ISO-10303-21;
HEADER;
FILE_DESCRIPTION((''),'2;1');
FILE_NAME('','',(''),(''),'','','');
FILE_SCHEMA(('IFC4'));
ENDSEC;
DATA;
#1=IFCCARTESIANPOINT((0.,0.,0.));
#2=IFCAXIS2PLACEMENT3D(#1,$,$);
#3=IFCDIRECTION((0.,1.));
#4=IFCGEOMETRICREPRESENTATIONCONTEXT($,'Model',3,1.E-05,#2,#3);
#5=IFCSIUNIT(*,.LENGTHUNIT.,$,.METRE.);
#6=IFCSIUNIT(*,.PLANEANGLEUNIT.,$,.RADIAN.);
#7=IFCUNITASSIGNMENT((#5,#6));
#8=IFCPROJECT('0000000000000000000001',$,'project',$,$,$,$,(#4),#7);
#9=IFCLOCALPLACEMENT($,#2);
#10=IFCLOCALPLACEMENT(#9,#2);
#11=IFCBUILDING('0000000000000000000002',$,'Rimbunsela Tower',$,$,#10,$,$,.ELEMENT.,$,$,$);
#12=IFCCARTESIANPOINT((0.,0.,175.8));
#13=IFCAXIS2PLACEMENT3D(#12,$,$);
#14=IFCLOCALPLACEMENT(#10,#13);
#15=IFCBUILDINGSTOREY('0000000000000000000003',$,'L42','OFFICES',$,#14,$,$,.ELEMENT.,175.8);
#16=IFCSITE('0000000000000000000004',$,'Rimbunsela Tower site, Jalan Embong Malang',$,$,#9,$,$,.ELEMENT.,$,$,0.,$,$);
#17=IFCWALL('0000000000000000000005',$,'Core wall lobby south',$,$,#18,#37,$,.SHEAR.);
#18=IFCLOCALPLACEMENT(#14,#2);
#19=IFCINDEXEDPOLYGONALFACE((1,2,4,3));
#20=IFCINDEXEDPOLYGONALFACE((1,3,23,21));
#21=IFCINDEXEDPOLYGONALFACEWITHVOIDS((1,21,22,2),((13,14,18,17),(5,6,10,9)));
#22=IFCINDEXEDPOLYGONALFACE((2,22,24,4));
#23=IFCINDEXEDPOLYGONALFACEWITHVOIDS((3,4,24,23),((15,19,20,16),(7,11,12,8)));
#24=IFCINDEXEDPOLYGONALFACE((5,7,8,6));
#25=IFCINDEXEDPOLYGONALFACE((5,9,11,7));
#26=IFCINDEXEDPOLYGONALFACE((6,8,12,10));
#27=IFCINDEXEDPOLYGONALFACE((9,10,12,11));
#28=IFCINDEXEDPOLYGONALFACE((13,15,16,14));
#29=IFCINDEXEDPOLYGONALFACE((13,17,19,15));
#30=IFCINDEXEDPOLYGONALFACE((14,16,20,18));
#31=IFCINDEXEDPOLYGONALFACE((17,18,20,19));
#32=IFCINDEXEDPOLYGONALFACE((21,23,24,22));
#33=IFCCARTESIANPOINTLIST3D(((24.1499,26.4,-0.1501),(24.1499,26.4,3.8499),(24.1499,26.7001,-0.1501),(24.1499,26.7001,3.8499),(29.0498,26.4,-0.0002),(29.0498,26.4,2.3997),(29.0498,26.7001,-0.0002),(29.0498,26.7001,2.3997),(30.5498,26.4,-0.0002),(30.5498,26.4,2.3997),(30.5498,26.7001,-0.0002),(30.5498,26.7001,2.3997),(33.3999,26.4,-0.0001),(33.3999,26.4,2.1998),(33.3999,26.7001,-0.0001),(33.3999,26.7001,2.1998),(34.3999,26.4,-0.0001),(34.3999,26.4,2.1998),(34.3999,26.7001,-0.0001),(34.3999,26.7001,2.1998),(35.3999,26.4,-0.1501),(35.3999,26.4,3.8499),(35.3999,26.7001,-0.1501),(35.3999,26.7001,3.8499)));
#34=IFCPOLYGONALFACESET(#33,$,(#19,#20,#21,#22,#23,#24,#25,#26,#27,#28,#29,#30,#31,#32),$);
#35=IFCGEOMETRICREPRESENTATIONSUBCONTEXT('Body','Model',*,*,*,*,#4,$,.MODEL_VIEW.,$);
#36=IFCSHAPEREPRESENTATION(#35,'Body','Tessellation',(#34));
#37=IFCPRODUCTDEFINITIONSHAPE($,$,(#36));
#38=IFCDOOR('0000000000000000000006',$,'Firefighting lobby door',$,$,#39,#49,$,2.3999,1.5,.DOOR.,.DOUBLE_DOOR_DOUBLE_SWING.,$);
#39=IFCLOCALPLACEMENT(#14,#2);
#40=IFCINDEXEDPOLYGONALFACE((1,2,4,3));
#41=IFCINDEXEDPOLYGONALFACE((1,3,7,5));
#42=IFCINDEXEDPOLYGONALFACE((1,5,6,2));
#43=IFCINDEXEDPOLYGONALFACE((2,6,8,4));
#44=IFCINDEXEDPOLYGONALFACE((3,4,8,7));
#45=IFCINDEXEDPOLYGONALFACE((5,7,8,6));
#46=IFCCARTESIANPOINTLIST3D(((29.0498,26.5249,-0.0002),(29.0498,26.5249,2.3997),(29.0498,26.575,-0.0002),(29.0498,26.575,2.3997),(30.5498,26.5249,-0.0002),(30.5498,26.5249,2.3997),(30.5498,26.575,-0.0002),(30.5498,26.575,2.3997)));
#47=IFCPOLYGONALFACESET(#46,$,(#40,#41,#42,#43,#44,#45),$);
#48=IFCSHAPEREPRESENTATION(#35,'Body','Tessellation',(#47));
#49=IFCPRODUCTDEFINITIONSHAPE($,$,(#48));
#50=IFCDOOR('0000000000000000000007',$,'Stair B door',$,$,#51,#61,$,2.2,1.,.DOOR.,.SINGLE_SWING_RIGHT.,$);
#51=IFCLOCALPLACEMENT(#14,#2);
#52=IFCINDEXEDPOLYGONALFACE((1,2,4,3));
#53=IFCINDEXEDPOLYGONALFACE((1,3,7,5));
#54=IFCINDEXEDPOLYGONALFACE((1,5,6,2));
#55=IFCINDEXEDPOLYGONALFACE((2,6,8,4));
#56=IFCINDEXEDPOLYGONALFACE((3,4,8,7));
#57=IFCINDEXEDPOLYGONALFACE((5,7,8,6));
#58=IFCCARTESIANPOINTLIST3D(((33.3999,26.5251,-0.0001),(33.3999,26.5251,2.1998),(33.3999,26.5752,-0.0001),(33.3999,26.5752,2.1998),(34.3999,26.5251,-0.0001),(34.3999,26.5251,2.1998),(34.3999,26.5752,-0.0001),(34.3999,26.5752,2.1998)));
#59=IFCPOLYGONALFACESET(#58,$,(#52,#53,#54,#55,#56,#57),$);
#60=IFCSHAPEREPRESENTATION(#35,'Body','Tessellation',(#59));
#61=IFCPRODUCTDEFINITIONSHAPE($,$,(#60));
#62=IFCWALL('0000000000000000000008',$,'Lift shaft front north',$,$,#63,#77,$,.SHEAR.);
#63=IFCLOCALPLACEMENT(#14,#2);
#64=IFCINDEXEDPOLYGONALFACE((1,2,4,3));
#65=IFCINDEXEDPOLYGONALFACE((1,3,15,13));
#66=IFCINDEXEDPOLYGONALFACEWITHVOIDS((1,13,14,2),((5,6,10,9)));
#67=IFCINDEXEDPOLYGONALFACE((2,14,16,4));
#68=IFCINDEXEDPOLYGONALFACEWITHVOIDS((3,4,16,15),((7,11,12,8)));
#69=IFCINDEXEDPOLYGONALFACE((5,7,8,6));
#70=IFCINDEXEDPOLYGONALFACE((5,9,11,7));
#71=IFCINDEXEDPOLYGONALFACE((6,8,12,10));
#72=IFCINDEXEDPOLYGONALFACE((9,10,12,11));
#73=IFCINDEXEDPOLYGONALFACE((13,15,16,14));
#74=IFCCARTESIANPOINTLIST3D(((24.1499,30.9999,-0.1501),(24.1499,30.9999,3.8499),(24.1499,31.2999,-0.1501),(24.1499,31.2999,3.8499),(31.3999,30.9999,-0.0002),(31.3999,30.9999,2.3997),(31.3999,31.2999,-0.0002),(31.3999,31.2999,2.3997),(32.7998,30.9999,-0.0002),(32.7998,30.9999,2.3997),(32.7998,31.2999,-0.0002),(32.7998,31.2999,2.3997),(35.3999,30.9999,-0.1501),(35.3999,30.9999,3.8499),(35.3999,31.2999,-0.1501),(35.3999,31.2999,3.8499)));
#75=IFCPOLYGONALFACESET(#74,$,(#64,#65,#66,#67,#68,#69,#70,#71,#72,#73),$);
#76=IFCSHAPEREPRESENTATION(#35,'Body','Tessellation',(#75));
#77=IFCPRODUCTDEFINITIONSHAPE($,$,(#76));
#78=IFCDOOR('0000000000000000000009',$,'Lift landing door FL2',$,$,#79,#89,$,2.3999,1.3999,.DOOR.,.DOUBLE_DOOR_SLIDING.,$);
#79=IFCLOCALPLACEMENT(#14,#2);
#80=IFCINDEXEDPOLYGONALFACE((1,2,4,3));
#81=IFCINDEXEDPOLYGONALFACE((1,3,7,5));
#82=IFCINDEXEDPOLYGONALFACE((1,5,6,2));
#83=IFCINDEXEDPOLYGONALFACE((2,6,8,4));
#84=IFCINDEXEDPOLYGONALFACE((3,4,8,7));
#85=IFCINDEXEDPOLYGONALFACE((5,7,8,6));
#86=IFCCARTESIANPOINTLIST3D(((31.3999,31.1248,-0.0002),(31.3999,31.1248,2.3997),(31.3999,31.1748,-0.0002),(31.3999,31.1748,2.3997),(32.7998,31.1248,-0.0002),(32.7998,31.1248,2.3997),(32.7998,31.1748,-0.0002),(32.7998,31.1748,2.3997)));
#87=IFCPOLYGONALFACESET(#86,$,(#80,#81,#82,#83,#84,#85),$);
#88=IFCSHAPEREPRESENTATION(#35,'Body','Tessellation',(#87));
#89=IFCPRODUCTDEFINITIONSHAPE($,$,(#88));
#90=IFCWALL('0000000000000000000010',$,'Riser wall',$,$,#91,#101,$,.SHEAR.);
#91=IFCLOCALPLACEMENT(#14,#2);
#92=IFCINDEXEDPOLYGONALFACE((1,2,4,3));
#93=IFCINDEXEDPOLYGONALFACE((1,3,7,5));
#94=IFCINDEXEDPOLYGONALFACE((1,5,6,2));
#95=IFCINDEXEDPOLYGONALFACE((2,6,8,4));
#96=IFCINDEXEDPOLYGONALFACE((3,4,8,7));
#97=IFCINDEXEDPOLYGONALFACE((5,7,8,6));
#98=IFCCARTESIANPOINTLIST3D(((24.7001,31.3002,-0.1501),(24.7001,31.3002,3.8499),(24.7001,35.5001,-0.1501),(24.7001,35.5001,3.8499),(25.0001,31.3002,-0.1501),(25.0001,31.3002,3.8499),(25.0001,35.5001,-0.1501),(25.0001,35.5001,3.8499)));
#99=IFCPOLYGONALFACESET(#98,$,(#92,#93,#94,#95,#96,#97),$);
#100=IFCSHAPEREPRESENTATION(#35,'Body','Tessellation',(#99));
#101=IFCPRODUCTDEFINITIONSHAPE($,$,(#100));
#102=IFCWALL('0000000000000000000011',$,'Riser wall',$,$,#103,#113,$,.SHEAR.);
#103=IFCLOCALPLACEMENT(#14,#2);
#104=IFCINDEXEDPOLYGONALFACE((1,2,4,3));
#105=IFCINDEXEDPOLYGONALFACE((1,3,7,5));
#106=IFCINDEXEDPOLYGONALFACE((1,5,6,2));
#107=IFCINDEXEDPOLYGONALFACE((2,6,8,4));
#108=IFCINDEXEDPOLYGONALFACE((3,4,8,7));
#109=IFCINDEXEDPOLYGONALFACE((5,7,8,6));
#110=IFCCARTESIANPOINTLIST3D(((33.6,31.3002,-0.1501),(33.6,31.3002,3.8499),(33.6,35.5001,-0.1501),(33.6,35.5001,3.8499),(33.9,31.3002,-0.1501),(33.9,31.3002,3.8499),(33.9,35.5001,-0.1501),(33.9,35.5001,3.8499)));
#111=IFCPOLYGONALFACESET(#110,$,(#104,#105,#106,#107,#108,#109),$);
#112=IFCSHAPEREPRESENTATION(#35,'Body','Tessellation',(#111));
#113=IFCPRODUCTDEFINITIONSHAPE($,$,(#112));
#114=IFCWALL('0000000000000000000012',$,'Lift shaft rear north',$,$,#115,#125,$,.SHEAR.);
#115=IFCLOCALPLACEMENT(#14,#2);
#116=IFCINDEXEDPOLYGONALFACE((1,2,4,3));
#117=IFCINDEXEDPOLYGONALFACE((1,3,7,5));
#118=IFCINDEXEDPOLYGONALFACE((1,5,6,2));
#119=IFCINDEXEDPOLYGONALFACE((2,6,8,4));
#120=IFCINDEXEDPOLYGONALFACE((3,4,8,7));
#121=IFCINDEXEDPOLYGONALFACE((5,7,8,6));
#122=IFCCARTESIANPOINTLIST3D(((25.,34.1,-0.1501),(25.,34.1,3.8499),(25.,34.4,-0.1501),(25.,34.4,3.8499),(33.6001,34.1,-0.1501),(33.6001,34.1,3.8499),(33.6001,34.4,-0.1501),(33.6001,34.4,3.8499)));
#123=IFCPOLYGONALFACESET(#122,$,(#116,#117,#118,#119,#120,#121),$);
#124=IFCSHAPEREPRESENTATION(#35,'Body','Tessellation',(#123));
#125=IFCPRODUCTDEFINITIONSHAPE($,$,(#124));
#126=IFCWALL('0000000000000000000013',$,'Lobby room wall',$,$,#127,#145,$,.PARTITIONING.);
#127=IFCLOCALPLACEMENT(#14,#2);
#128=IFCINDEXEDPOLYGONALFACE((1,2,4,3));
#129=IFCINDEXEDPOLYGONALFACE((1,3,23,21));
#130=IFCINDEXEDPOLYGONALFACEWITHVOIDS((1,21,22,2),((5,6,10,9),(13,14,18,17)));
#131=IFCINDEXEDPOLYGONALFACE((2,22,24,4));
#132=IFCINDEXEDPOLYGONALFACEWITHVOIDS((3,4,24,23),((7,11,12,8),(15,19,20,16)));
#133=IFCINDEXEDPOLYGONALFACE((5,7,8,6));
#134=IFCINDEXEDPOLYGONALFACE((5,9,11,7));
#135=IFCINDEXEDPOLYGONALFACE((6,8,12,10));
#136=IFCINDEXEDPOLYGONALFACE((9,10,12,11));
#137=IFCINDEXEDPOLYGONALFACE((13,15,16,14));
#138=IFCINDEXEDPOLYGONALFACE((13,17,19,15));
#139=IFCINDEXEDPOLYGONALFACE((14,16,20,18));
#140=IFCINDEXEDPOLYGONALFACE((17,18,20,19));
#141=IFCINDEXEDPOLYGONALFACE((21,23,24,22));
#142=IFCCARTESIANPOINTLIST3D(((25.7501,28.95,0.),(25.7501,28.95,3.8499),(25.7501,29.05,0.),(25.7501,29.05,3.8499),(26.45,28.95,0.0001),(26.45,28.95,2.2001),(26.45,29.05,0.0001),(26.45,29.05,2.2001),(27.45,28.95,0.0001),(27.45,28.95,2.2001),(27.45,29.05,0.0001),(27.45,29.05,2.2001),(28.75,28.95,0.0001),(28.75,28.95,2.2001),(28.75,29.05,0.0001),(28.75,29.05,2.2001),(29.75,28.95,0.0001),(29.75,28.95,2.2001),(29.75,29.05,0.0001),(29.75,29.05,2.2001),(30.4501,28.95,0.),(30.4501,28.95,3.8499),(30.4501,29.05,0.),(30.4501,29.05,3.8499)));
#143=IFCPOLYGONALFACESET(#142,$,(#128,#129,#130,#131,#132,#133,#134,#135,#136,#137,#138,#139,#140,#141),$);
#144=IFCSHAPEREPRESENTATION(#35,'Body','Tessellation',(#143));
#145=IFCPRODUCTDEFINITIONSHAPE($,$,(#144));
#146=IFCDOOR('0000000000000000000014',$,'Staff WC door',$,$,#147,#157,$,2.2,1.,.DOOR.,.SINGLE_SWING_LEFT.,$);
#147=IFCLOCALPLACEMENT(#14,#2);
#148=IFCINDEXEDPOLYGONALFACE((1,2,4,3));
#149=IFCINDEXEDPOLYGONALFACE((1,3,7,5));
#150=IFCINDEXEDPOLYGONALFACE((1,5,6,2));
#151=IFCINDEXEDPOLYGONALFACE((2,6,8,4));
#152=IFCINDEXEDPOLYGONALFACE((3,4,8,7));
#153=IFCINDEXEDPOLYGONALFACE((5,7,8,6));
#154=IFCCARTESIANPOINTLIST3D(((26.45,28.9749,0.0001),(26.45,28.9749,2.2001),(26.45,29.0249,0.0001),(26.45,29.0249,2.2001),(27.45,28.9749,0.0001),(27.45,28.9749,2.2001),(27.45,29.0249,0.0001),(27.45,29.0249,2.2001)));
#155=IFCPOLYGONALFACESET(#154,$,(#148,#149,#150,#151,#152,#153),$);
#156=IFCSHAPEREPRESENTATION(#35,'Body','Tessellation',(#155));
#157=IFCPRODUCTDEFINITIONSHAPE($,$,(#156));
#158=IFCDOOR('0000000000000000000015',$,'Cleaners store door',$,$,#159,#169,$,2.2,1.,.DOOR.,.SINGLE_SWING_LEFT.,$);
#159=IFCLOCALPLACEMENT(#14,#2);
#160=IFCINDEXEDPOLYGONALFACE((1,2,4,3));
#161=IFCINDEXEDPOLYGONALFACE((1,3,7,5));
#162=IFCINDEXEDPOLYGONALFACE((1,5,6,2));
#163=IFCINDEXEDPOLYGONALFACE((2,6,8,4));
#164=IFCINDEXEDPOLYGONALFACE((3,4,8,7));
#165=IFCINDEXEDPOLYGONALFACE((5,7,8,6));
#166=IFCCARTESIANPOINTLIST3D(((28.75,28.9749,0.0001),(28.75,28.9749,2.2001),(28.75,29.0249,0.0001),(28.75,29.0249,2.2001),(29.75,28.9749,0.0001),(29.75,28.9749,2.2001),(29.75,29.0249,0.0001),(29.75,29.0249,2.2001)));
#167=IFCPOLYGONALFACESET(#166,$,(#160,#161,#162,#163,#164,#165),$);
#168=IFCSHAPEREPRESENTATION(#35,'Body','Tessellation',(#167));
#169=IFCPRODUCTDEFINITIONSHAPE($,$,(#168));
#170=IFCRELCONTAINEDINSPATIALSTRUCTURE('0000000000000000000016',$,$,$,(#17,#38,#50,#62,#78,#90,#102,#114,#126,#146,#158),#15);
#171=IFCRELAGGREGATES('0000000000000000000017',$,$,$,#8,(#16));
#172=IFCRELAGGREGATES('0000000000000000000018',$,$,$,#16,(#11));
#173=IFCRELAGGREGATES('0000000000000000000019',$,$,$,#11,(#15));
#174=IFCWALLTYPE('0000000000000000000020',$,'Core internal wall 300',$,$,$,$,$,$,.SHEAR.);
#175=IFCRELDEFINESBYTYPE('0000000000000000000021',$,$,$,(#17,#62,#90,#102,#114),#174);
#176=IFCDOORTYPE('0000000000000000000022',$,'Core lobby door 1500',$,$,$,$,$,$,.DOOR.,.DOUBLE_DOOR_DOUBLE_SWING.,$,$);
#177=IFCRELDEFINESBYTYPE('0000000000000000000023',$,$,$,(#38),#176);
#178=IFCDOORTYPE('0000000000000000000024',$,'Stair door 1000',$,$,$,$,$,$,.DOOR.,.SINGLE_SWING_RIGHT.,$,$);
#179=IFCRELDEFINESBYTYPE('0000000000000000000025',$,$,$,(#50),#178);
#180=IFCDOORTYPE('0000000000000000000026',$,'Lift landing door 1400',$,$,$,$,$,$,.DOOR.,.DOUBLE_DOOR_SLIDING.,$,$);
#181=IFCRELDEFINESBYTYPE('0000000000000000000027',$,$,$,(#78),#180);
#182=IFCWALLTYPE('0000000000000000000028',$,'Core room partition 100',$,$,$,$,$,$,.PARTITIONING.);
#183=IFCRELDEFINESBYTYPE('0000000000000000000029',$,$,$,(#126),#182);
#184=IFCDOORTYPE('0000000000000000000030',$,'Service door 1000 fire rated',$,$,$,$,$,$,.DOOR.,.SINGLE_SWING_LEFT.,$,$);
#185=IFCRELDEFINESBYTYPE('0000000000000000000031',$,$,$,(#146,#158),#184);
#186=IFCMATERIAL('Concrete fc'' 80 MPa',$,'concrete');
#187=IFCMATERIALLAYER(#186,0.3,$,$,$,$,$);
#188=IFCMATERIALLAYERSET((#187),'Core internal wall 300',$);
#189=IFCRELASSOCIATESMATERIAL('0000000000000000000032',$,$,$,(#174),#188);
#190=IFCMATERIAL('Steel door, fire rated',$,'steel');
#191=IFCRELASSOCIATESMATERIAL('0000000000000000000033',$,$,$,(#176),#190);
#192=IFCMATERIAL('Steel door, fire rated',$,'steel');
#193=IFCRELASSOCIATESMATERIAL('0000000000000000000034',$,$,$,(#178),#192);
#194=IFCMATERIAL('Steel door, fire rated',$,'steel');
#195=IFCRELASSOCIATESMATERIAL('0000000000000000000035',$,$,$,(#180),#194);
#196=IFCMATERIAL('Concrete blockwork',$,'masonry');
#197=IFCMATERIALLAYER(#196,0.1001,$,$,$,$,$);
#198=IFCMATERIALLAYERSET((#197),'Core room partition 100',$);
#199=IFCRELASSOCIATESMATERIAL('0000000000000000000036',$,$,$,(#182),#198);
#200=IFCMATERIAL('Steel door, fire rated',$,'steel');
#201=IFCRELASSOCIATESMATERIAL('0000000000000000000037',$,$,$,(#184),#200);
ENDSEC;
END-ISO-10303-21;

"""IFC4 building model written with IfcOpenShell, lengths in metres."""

from ifc_helpers import new_model, si_unit, direction, frame, frame_2d, origin, place, context, subcontext, project, spatial, rectangle, extrude, material, layer, layer_set, type_object, element, fill, save


model = new_model("IFC4")

# Units and contexts
model_context = context("Model", 3, precision=1e-05, world=origin(), true_north=direction((0.0, 1.0)))
body_context = subcontext(model_context, "Body", "Model", "MODEL_VIEW")
ifc_project = project(units=[si_unit("LENGTHUNIT", "METRE"), si_unit("PLANEANGLEUNIT", "RADIAN")], contexts=[model_context])

# Site, building, storey
site_placement = place(None, origin())
site = spatial("IfcSite", under=ifc_project, at=site_placement, Name="Rimbunsela Tower site, Jalan Embong Malang", CompositionType="ELEMENT", RefElevation=0.0)
building_placement = place(site_placement, origin())
building = spatial("IfcBuilding", under=site, at=building_placement, Name="Rimbunsela Tower", CompositionType="ELEMENT")
storey_placement = place(building_placement, frame((0.0, 0.0, 175.8)))
storey = spatial("IfcBuildingStorey", under=building, at=storey_placement, Name="L42", Description="OFFICES", CompositionType="ELEMENT", Elevation=175.8)

# Wall, openings, doors
ifc_material_1 = material(Name="Concrete fc' 80 MPa", Category="concrete")
ifc_layer_1 = layer(ifc_material_1, 0.3)
ifc_layer_set_1 = layer_set([ifc_layer_1], Name="Core internal wall 300")
wall_type_1 = type_object("IfcWallType", Name="Core internal wall 300", PredefinedType="SHEAR", material=ifc_layer_set_1)
wall_1_placement = place(storey_placement, frame((24.1499, 26.55, -0.1501), z_axis=(0.0, 0.0, 1.0), x_axis=(1.0, 0.0, 0.0)))
wall_1 = element("IfcWall", 1, at=wall_1_placement, inside=storey, type_object=wall_type_1, Name="Core wall lobby south", PredefinedType="SHEAR", context=body_context, shape_type="SweptSolid", body=[
    extrude(rectangle(XDim=11.25, YDim=0.3, at=frame_2d((5.625, 0.0))), origin(), (0.0, 0.0, 1.0), 4.0),
])
opening_1_placement = place(wall_1_placement, frame((9.25, 0.0, 0.1499)))
opening_1 = element("IfcOpeningElement", 2, at=opening_1_placement, cuts=wall_1, PredefinedType="OPENING", context=body_context, shape_type="SweptSolid", body=[
    extrude(rectangle(XDim=1.0, YDim=2.2, at=frame_2d((0.5, 1.1001))), frame((0.0, 0.1599, 0.0), z_axis=(0.0, -1.0, 0.0), x_axis=(1.0, 0.0, 0.0)), (0.0, 0.0, 1.0), 0.3201),
])
opening_2_placement = place(wall_1_placement, frame((4.8999, 0.0, 0.1499)))
opening_2 = element("IfcOpeningElement", 3, at=opening_2_placement, cuts=wall_1, PredefinedType="OPENING", context=body_context, shape_type="SweptSolid", body=[
    extrude(rectangle(XDim=1.5, YDim=2.3999, at=frame_2d((0.75, 1.2))), frame((0.0, 0.1599, 0.0), z_axis=(0.0, -1.0, 0.0), x_axis=(1.0, 0.0, 0.0)), (0.0, 0.0, 1.0), 0.3201),
])
ifc_material_2 = material(Name="Steel door, fire rated", Category="steel")
door_type_1 = type_object("IfcDoorType", Name="Core lobby door 1500", OperationType="DOUBLE_DOOR_DOUBLE_SWING", PredefinedType="DOOR", material=ifc_material_2)
door_1_placement = place(opening_2_placement, origin())
door_1 = element("IfcDoor", 4, at=door_1_placement, inside=storey, type_object=door_type_1, Name="Firefighting lobby door", OperationType="DOUBLE_DOOR_DOUBLE_SWING", OverallHeight=2.3999, OverallWidth=1.5, PredefinedType="DOOR", context=body_context, shape_type="SweptSolid", body=[
    extrude(rectangle(XDim=1.5, YDim=2.3999, at=frame_2d((0.75, 1.2))), frame((0.0, 0.0249, 0.0), z_axis=(0.0, -1.0, 0.0), x_axis=(1.0, 0.0, 0.0)), (0.0, 0.0, 1.0), 0.05),
])
fill(opening_2, door_1)
ifc_material_3 = material(Name="Steel door, fire rated", Category="steel")
door_type_2 = type_object("IfcDoorType", Name="Stair door 1000", OperationType="SINGLE_SWING_RIGHT", PredefinedType="DOOR", material=ifc_material_3)
door_2_placement = place(opening_1_placement, frame((1.0, 0.0, 0.0), z_axis=(0.0, 0.0, 1.0), x_axis=(-1.0, 0.0, 0.0)))
door_2 = element("IfcDoor", 5, at=door_2_placement, inside=storey, type_object=door_type_2, Name="Stair B door", OperationType="SINGLE_SWING_RIGHT", OverallHeight=2.2, OverallWidth=1.0, PredefinedType="DOOR", context=body_context, shape_type="SweptSolid", body=[
    extrude(rectangle(XDim=1.0, YDim=2.2, at=frame_2d((0.5, 1.1001))), frame((0.0, 0.0249, 0.0), z_axis=(0.0, -1.0, 0.0), x_axis=(1.0, 0.0, 0.0)), (0.0, 0.0, 1.0), 0.05),
])
fill(opening_1, door_2)

# Wall, opening, door
wall_2_placement = place(storey_placement, frame((24.1499, 31.1499, -0.1501), z_axis=(0.0, 0.0, 1.0), x_axis=(1.0, 0.0, 0.0)))
wall_2 = element("IfcWall", 6, at=wall_2_placement, inside=storey, type_object=wall_type_1, Name="Lift shaft front north", PredefinedType="SHEAR", context=body_context, shape_type="SweptSolid", body=[
    extrude(rectangle(XDim=11.25, YDim=0.3, at=frame_2d((5.625, 0.0))), origin(), (0.0, 0.0, 1.0), 4.0),
])
opening_3_placement = place(wall_2_placement, frame((7.25, 0.0, 0.1499)))
opening_3 = element("IfcOpeningElement", 7, at=opening_3_placement, cuts=wall_2, PredefinedType="OPENING", context=body_context, shape_type="SweptSolid", body=[
    extrude(rectangle(XDim=1.3999, YDim=2.3999, at=frame_2d((0.7, 1.2))), frame((0.0, 0.1599, 0.0), z_axis=(0.0, -1.0, 0.0), x_axis=(1.0, 0.0, 0.0)), (0.0, 0.0, 1.0), 0.3201),
])
ifc_material_4 = material(Name="Steel door, fire rated", Category="steel")
door_type_3 = type_object("IfcDoorType", Name="Lift landing door 1400", OperationType="DOUBLE_DOOR_SLIDING", PredefinedType="DOOR", material=ifc_material_4)
door_3_placement = place(opening_3_placement, origin())
door_3 = element("IfcDoor", 8, at=door_3_placement, inside=storey, type_object=door_type_3, Name="Lift landing door FL2", OperationType="DOUBLE_DOOR_SLIDING", OverallHeight=2.3999, OverallWidth=1.3999, PredefinedType="DOOR", context=body_context, shape_type="SweptSolid", body=[
    extrude(rectangle(XDim=1.3999, YDim=2.3999, at=frame_2d((0.7, 1.2))), frame((0.0, 0.0249, 0.0), z_axis=(0.0, -1.0, 0.0), x_axis=(1.0, 0.0, 0.0)), (0.0, 0.0, 1.0), 0.05),
])
fill(opening_3, door_3)

# Walls
for number, where, z_axis, x_axis, name in (
    (9, (24.8501, 31.3, -0.1501), (0.0, 0.0, 1.0), (0.0, 1.0, 0.0), "Riser wall"),
    (10, (33.75, 31.3, -0.1501), (0.0, 0.0, 1.0), (0.0, 1.0, 0.0), "Riser wall"),
):
    element("IfcWall", number, at=place(storey_placement, frame(where, z_axis=z_axis, x_axis=x_axis)), inside=storey, type_object=wall_type_1, Name=name, PredefinedType="SHEAR", context=body_context, shape_type="SweptSolid", body=[
        extrude(rectangle(XDim=4.2, YDim=0.3, at=frame_2d((2.1001, 0.0))), origin(), (0.0, 0.0, 1.0), 4.0),
    ])
wall_3_placement = place(storey_placement, frame((25.0, 34.25, -0.1501), z_axis=(0.0, 0.0, 1.0), x_axis=(1.0, 0.0, 0.0)))
element("IfcWall", 11, at=wall_3_placement, inside=storey, type_object=wall_type_1, Name="Lift shaft rear north", PredefinedType="SHEAR", context=body_context, shape_type="SweptSolid", body=[
    extrude(rectangle(XDim=8.6001, YDim=0.3, at=frame_2d((4.3, 0.0))), origin(), (0.0, 0.0, 1.0), 4.0),
])

# Wall, openings, doors
ifc_material_5 = material(Name="Concrete blockwork", Category="masonry")
ifc_layer_2 = layer(ifc_material_5, 0.1001)
ifc_layer_set_2 = layer_set([ifc_layer_2], Name="Core room partition 100")
wall_type_2 = type_object("IfcWallType", Name="Core room partition 100", PredefinedType="PARTITIONING", material=ifc_layer_set_2)
wall_4_placement = place(storey_placement, frame((25.75, 29.0, 0.0), z_axis=(0.0, 0.0, 1.0), x_axis=(1.0, 0.0, 0.0)))
wall_4 = element("IfcWall", 12, at=wall_4_placement, inside=storey, type_object=wall_type_2, Name="Lobby room wall", PredefinedType="PARTITIONING", context=body_context, shape_type="SweptSolid", body=[
    extrude(rectangle(XDim=4.7, YDim=0.1001, at=frame_2d((2.3501, 0.0))), origin(), (0.0, 0.0, 1.0), 3.8499),
])
opening_4_placement = place(wall_4_placement, frame((0.7, 0.0, 0.0)))
opening_4 = element("IfcOpeningElement", 13, at=opening_4_placement, cuts=wall_4, PredefinedType="OPENING", context=body_context, shape_type="SweptSolid", body=[
    extrude(rectangle(XDim=1.0, YDim=2.2, at=frame_2d((0.5, 1.1001))), frame((0.0, 0.0601, 0.0), z_axis=(0.0, -1.0, 0.0), x_axis=(1.0, 0.0, 0.0)), (0.0, 0.0, 1.0), 0.1201),
])
opening_5_placement = place(wall_4_placement, frame((3.0, 0.0, 0.0)))
opening_5 = element("IfcOpeningElement", 14, at=opening_5_placement, cuts=wall_4, PredefinedType="OPENING", context=body_context, shape_type="SweptSolid", body=[
    extrude(rectangle(XDim=1.0, YDim=2.2, at=frame_2d((0.5, 1.1001))), frame((0.0, 0.0601, 0.0), z_axis=(0.0, -1.0, 0.0), x_axis=(1.0, 0.0, 0.0)), (0.0, 0.0, 1.0), 0.1201),
])
ifc_material_6 = material(Name="Steel door, fire rated", Category="steel")
door_type_4 = type_object("IfcDoorType", Name="Service door 1000 fire rated", OperationType="SINGLE_SWING_LEFT", PredefinedType="DOOR", material=ifc_material_6)
door_4_placement = place(opening_4_placement, origin())
door_4 = element("IfcDoor", 15, at=door_4_placement, inside=storey, type_object=door_type_4, Name="Staff WC door", OperationType="SINGLE_SWING_LEFT", OverallHeight=2.2, OverallWidth=1.0, PredefinedType="DOOR", context=body_context, shape_type="SweptSolid", body=[
    extrude(rectangle(XDim=1.0, YDim=2.2, at=frame_2d((0.5, 1.1001))), frame((0.0, 0.0249, 0.0), z_axis=(0.0, -1.0, 0.0), x_axis=(1.0, 0.0, 0.0)), (0.0, 0.0, 1.0), 0.05),
])
fill(opening_4, door_4)
door_5_placement = place(opening_5_placement, origin())
door_5 = element("IfcDoor", 16, at=door_5_placement, inside=storey, type_object=door_type_4, Name="Cleaners store door", OperationType="SINGLE_SWING_LEFT", OverallHeight=2.2, OverallWidth=1.0, PredefinedType="DOOR", context=body_context, shape_type="SweptSolid", body=[
    extrude(rectangle(XDim=1.0, YDim=2.2, at=frame_2d((0.5, 1.1001))), frame((0.0, 0.0249, 0.0), z_axis=(0.0, -1.0, 0.0), x_axis=(1.0, 0.0, 0.0)), (0.0, 0.0, 1.0), 0.05),
])
fill(opening_5, door_5)

save(model, "model.ifc")
